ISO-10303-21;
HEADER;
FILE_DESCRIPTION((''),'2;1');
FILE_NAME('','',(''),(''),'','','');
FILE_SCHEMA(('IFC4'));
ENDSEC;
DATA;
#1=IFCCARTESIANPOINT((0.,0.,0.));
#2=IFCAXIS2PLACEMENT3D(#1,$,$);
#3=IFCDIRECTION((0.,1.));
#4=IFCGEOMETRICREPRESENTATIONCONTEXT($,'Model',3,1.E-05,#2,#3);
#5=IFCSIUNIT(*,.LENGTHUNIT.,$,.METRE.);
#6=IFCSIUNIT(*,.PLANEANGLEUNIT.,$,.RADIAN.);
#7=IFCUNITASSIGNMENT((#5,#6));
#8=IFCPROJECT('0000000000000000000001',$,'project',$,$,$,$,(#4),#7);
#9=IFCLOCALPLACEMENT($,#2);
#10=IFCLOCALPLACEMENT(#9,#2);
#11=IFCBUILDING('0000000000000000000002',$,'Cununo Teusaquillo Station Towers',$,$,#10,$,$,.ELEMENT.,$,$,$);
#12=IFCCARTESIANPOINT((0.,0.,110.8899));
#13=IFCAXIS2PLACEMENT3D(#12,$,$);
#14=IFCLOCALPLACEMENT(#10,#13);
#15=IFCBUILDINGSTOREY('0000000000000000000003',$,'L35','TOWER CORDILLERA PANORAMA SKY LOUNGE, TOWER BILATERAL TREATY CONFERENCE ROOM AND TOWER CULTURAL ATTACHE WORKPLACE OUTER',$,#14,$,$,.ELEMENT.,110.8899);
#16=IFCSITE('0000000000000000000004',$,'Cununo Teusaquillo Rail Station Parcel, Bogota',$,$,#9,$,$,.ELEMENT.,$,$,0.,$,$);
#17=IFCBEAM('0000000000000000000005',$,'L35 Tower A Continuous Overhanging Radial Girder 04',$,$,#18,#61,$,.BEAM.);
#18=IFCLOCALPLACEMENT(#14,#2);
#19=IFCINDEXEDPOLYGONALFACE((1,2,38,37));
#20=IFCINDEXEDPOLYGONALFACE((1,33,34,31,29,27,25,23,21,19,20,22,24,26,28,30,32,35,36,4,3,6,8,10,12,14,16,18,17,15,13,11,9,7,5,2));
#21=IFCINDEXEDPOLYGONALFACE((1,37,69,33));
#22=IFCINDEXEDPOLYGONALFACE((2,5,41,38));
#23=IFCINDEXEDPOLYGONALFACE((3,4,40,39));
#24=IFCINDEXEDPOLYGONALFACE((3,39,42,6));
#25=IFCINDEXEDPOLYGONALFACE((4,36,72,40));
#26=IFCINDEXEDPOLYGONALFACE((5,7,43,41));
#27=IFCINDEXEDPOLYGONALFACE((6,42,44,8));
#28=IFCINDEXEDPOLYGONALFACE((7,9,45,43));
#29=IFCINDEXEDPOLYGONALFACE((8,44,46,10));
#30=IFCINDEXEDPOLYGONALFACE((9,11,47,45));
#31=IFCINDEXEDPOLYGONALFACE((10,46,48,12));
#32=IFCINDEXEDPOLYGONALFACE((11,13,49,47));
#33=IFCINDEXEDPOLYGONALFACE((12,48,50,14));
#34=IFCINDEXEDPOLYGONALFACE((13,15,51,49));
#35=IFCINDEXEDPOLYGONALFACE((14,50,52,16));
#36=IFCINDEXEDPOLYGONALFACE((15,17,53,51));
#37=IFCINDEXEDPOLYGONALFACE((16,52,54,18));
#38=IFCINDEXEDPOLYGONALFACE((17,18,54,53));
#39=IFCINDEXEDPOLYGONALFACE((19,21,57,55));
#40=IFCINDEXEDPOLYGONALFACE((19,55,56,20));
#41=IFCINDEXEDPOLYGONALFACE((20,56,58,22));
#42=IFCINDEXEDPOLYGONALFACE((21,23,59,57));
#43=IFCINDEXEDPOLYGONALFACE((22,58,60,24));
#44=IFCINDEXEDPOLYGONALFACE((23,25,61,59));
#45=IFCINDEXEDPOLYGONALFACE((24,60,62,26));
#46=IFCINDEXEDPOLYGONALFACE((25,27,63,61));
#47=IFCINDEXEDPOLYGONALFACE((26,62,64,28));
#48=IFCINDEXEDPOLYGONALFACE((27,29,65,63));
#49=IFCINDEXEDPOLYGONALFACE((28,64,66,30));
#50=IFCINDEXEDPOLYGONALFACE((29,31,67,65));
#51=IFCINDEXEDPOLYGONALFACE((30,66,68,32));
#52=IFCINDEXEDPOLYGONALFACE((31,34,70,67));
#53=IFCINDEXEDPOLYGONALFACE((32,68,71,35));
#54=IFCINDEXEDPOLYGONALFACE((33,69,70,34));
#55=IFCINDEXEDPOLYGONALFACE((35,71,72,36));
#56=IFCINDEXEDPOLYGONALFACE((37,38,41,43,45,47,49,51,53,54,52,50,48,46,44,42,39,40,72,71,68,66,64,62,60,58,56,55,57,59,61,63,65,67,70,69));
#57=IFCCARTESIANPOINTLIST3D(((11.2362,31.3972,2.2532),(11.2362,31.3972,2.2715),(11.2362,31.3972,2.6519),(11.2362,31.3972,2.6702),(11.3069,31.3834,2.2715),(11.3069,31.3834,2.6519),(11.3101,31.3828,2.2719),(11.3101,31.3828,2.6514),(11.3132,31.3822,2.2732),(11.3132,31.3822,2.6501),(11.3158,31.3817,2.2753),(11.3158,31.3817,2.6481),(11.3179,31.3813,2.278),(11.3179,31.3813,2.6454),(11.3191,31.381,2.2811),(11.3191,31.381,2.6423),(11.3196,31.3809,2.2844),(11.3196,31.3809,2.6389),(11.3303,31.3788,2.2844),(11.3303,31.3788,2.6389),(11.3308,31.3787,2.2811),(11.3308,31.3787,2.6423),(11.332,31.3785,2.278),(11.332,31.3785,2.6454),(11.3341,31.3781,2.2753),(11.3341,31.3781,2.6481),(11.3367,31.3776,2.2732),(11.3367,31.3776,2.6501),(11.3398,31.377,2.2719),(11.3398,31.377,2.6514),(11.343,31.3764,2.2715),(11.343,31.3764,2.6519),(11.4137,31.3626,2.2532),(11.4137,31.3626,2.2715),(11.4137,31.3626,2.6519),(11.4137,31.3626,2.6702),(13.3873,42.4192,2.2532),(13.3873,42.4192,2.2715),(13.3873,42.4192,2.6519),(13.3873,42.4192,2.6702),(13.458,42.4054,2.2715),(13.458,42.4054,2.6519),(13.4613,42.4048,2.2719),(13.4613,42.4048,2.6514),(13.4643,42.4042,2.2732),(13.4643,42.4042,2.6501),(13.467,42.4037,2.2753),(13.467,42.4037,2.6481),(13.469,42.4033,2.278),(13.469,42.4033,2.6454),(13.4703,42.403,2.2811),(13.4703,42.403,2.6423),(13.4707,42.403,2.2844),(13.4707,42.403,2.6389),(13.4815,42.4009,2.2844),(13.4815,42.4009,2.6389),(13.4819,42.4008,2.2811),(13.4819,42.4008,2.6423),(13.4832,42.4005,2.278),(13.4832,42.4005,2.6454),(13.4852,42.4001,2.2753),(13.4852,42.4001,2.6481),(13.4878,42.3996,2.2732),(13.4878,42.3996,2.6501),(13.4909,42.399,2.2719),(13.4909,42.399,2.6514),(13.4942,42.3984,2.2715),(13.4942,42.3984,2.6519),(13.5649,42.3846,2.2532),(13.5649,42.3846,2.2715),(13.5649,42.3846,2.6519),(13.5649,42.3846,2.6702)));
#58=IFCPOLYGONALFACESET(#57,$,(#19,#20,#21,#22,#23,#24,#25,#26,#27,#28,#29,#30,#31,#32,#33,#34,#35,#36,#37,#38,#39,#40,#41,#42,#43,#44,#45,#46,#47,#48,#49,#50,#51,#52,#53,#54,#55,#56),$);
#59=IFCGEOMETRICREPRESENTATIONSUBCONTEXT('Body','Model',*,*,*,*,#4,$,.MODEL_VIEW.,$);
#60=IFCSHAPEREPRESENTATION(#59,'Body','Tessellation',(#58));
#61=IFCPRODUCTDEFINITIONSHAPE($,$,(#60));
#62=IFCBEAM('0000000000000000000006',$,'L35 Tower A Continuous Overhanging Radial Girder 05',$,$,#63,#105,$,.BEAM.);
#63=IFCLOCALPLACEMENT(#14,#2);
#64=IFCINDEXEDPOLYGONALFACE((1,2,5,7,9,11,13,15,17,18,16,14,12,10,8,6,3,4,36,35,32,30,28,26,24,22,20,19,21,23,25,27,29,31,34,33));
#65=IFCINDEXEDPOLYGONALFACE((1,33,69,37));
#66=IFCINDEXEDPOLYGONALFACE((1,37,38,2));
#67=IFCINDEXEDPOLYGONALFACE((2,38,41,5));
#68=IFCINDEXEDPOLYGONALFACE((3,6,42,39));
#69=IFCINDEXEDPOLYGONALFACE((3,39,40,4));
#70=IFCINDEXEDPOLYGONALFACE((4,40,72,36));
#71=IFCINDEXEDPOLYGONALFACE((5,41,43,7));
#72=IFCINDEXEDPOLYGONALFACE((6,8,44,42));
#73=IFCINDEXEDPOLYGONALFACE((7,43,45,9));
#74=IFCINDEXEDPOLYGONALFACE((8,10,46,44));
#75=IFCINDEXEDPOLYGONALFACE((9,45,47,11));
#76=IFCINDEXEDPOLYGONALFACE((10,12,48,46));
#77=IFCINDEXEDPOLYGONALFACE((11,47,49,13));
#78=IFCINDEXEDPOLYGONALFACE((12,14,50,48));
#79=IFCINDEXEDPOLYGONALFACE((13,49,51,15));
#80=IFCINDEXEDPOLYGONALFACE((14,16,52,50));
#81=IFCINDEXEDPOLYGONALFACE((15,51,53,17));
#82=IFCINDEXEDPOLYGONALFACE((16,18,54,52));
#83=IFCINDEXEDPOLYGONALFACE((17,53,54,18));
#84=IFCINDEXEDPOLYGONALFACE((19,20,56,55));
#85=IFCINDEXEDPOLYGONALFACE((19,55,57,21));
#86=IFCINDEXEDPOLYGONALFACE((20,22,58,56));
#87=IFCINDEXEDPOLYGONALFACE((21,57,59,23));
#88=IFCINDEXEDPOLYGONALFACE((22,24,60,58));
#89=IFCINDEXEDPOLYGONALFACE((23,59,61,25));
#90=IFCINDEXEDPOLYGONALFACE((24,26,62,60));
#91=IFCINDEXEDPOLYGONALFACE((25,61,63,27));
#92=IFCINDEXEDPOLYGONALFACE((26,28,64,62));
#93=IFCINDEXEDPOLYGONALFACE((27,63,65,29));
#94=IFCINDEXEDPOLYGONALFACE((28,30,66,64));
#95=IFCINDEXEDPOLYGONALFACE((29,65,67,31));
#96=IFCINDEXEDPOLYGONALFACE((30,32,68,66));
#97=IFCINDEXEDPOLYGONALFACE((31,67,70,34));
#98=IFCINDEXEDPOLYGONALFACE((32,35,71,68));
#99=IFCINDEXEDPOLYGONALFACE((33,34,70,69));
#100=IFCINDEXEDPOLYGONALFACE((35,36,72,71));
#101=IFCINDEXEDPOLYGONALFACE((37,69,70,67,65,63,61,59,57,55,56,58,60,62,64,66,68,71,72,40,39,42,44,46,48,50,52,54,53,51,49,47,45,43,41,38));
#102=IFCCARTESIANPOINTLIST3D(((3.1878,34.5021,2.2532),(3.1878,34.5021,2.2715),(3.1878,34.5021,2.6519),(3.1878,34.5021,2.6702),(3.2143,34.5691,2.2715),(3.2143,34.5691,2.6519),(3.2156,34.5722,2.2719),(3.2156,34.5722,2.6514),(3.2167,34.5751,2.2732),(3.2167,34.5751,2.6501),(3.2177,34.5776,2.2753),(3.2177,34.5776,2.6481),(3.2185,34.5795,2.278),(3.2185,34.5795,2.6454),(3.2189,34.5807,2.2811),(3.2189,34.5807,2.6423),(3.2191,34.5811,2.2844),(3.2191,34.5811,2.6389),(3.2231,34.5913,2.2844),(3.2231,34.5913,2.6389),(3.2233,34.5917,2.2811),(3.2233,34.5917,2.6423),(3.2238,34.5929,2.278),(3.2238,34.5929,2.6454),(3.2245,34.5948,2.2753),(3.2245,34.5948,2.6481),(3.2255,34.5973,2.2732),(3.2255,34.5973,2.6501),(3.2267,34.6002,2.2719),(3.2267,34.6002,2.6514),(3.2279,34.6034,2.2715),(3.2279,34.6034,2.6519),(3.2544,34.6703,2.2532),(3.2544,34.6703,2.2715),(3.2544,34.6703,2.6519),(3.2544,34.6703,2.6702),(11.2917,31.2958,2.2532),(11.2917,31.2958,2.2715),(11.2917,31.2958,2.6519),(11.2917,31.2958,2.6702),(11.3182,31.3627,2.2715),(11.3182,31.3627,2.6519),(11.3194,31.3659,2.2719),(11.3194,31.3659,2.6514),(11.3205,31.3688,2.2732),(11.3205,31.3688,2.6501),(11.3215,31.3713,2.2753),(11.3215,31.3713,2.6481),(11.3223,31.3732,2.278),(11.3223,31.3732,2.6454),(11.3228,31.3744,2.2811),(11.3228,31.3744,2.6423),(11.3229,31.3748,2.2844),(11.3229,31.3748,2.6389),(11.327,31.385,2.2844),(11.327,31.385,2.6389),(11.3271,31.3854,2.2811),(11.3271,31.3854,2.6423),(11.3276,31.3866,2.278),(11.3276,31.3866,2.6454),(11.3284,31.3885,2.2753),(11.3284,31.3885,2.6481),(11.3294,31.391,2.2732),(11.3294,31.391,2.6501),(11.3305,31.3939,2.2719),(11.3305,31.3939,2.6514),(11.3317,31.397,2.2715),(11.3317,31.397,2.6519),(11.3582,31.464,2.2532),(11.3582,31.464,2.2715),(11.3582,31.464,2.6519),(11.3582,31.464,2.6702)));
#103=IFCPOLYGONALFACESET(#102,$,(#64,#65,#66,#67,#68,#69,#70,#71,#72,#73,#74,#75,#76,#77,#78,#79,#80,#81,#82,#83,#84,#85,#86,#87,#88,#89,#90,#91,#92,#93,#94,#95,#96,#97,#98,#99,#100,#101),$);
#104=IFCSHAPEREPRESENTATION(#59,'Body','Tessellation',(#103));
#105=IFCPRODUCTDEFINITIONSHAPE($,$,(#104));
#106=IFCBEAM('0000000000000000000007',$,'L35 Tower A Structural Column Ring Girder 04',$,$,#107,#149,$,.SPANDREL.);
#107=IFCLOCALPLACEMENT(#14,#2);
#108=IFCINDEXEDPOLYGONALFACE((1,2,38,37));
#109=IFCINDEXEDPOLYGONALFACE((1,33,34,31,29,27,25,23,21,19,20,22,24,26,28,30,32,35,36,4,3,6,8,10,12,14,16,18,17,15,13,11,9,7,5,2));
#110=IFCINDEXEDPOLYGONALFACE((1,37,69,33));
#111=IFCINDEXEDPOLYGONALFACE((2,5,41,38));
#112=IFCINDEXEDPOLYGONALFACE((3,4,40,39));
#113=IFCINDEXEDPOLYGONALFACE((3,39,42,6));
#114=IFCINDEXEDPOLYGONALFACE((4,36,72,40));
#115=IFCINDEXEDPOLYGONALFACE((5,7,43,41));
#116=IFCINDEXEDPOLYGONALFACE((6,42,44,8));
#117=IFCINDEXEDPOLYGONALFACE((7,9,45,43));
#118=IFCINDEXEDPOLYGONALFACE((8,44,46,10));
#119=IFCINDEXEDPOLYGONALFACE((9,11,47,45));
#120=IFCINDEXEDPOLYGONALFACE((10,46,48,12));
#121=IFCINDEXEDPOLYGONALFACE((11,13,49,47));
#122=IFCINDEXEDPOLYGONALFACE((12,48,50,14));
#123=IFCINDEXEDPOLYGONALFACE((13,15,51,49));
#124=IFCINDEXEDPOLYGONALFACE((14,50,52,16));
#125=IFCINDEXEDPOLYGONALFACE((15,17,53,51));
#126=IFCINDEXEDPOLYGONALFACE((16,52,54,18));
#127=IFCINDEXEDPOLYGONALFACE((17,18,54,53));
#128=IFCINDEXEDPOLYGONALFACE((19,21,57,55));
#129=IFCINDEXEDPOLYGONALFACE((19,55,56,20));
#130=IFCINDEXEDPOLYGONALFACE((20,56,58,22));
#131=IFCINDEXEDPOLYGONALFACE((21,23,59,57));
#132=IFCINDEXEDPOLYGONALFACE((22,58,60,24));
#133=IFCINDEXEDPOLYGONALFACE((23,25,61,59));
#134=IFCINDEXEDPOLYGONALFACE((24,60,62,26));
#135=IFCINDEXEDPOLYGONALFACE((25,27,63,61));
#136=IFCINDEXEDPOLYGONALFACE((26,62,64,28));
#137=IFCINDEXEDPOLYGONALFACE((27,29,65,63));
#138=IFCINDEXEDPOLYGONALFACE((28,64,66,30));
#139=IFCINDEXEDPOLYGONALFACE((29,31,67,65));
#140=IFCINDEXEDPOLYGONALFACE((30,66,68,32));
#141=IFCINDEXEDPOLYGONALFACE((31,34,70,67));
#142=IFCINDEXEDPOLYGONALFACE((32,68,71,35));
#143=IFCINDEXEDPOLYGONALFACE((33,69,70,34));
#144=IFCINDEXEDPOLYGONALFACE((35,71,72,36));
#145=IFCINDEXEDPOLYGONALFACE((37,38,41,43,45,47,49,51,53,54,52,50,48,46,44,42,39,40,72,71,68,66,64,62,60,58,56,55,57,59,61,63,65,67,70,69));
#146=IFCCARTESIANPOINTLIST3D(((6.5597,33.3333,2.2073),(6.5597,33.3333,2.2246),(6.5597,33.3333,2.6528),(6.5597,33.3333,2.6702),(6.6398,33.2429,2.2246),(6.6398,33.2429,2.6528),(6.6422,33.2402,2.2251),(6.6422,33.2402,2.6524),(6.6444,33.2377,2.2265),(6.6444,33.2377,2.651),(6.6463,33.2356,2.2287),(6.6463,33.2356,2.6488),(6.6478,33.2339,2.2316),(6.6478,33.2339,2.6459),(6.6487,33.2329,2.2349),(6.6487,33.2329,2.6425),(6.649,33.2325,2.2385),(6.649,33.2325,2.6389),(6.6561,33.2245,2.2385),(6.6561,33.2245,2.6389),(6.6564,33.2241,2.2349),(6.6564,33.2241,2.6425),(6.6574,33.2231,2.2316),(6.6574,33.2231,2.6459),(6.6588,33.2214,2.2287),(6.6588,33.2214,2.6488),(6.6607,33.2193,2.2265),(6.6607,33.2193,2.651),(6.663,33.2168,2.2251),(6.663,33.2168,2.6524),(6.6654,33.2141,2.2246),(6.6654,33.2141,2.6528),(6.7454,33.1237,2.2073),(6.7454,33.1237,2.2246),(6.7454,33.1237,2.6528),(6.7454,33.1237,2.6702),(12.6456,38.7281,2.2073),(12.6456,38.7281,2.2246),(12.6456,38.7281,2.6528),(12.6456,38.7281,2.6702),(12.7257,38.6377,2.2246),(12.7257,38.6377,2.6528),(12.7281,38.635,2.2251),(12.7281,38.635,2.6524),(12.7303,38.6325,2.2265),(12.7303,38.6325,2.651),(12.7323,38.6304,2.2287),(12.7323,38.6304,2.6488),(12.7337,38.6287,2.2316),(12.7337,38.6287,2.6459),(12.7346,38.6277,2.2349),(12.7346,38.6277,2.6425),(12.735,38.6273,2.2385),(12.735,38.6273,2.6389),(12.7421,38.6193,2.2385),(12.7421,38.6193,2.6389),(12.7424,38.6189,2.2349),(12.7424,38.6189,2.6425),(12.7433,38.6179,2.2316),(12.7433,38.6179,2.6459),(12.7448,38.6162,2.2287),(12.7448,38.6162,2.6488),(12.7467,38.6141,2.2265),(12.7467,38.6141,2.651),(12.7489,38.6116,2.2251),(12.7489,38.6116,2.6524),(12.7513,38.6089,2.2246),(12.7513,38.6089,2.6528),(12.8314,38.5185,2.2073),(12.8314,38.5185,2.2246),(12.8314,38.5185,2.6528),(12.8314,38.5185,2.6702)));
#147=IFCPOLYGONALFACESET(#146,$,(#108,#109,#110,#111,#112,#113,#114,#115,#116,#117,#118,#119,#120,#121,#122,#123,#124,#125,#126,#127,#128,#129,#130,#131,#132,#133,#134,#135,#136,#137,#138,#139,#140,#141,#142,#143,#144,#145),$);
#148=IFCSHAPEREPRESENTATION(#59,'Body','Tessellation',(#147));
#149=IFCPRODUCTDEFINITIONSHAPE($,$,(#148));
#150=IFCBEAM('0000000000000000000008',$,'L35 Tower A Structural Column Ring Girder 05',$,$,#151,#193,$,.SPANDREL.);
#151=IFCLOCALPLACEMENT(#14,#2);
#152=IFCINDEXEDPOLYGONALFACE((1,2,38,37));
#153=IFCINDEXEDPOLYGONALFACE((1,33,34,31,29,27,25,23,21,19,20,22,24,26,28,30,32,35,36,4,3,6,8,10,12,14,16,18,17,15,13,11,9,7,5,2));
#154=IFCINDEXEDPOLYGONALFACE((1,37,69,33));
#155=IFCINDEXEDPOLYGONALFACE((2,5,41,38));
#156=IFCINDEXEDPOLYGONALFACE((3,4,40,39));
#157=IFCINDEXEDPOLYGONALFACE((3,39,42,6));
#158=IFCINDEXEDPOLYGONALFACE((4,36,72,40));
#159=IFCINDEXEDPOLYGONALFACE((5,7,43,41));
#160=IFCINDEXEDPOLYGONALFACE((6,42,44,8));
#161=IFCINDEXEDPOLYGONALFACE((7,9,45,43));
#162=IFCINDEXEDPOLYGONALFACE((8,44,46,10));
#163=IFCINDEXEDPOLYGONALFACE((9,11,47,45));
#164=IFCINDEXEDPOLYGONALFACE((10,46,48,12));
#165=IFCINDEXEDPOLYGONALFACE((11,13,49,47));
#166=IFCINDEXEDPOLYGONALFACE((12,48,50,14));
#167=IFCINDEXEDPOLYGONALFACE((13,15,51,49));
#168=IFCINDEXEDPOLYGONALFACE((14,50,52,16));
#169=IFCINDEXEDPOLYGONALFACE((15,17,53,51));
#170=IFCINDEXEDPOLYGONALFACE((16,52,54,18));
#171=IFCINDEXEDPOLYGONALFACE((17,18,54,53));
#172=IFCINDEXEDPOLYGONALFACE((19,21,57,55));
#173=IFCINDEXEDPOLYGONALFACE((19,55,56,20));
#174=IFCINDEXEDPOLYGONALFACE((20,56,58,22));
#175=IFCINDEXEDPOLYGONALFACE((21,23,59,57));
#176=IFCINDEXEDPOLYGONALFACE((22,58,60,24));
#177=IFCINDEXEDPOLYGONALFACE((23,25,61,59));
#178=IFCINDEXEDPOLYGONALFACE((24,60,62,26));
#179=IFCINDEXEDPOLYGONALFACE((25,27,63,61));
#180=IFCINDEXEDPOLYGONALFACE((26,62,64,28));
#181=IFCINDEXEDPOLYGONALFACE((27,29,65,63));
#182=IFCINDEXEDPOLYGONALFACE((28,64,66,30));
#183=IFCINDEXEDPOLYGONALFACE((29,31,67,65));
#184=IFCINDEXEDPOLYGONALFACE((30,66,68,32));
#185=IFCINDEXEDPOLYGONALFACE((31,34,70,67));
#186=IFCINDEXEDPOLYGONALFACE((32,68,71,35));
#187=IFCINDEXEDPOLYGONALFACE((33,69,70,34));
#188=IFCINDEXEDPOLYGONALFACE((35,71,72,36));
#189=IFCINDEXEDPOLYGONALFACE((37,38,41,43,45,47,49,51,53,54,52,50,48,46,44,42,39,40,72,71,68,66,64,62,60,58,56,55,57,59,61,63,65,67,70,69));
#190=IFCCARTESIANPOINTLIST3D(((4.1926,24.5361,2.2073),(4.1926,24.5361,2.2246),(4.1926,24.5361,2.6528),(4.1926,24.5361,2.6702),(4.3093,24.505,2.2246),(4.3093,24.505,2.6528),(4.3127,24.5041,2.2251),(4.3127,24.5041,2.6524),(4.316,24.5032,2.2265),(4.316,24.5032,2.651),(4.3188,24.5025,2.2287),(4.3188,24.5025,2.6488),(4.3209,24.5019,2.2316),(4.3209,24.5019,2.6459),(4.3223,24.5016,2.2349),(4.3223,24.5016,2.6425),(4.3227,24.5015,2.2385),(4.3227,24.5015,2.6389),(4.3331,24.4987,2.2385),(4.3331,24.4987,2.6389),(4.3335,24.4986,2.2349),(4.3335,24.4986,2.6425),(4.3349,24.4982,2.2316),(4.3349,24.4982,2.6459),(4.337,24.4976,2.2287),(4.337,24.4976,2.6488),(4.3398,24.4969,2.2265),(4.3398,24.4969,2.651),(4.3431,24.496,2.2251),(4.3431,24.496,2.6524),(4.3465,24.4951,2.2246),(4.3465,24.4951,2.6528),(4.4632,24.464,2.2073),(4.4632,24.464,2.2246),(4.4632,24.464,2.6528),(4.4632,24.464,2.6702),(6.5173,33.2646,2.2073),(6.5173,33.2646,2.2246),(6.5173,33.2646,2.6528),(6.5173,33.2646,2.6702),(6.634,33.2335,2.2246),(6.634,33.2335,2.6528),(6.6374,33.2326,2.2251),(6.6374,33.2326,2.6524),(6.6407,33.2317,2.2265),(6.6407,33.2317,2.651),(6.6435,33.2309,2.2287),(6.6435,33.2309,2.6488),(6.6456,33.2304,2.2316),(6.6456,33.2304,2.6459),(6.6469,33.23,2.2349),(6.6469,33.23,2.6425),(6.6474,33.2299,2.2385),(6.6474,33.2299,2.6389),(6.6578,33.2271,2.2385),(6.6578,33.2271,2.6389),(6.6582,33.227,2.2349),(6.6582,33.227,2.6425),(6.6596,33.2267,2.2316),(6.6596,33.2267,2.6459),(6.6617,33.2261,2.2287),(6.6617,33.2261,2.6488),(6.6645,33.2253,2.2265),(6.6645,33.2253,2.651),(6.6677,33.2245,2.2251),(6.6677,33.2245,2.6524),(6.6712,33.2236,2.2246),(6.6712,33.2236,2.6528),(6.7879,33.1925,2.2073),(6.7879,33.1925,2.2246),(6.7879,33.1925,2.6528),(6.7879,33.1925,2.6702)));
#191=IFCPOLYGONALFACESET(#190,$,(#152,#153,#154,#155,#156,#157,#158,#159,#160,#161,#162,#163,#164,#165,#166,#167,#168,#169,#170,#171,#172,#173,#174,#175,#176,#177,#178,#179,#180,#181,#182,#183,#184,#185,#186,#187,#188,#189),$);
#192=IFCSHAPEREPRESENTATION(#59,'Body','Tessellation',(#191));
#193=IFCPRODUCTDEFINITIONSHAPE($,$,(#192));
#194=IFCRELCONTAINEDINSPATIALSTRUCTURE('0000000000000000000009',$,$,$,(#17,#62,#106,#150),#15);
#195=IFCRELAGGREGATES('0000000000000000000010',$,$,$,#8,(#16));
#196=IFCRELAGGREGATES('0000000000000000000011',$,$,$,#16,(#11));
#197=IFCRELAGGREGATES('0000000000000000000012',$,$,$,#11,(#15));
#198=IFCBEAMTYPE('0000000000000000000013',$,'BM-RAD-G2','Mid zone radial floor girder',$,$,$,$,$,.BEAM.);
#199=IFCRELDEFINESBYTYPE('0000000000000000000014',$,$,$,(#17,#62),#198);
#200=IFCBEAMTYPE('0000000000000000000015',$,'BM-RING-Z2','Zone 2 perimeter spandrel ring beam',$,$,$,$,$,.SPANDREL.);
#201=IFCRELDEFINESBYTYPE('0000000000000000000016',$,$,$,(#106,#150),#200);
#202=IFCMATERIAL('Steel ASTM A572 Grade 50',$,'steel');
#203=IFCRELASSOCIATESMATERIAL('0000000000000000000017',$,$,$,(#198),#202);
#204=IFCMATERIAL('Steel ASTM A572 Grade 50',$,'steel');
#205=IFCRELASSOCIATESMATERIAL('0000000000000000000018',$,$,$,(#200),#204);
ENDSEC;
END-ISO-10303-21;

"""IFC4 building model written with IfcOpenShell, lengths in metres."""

from ifc_helpers import new_model, si_unit, direction, frame, origin, origin_2d, place, context, subcontext, project, spatial, i_section, extrude, material, material_profile, profile_set, type_object, element, save


model = new_model("IFC4")

# Units and contexts
model_context = context("Model", 3, precision=1e-05, world=origin(), true_north=direction((0.0, 1.0)))
body_context = subcontext(model_context, "Body", "Model", "MODEL_VIEW")
ifc_project = project(units=[si_unit("LENGTHUNIT", "METRE"), si_unit("PLANEANGLEUNIT", "RADIAN")], contexts=[model_context])

# Site, building, storey
site_placement = place(None, origin())
site = spatial("IfcSite", under=ifc_project, at=site_placement, Name="Cununo Teusaquillo Rail Station Parcel, Bogota", CompositionType="ELEMENT", RefElevation=0.0)
building_placement = place(site_placement, origin())
building = spatial("IfcBuilding", under=site, at=building_placement, Name="Cununo Teusaquillo Station Towers", CompositionType="ELEMENT")
storey_placement = place(building_placement, frame((0.0, 0.0, 110.8899)))
storey = spatial("IfcBuildingStorey", under=building, at=storey_placement, Name="L35", Description="TOWER CORDILLERA PANORAMA SKY LOUNGE, TOWER BILATERAL TREATY CONFERENCE ROOM AND TOWER CULTURAL ATTACHE WORKPLACE OUTER", CompositionType="ELEMENT", Elevation=110.8899)

# Beams
ifc_material_1 = material(Name="Steel ASTM A572 Grade 50", Category="steel")
ifc_material_profile_1 = material_profile(ifc_material_1, i_section(OverallWidth=0.1809, OverallDepth=0.417, WebThickness=0.011, FlangeThickness=0.0183, FilletRadius=0.0129, at=origin_2d()), Name="W16X57")
ifc_profile_set_1 = profile_set([ifc_material_profile_1], Name="Steel ASTM A572 Grade 50")
beam_type_1 = type_object("IfcBeamType", Name="BM-RAD-G2", Description="Mid zone radial floor girder", PredefinedType="BEAM", material=ifc_profile_set_1)
beam_1_placement = place(storey_placement, frame((11.325, 31.3799, 2.4617), z_axis=(0.191553, 0.981482, 0.0), x_axis=(-0.981482, 0.191553, 0.0)))
element("IfcBeam", 1, at=beam_1_placement, inside=storey, type_object=beam_type_1, Name="L35 Tower A Continuous Overhanging Radial Girder 04", PredefinedType="BEAM", context=body_context, shape_type="SweptSolid", body=[
    extrude(i_section(OverallWidth=0.1809, OverallDepth=0.417, WebThickness=0.011, FlangeThickness=0.0183, FilletRadius=0.0129, at=origin_2d()), origin(), (0.0, 0.0, 1.0), 11.23),
])
beam_2_placement = place(storey_placement, frame((11.325, 31.3799, 2.4617), z_axis=(-0.929863, 0.367906, 0.0), x_axis=(-0.367906, -0.929863, 0.0)))
element("IfcBeam", 2, at=beam_2_placement, inside=storey, type_object=beam_type_1, Name="L35 Tower A Continuous Overhanging Radial Girder 05", PredefinedType="BEAM", context=body_context, shape_type="SweptSolid", body=[
    extrude(i_section(OverallWidth=0.1809, OverallDepth=0.417, WebThickness=0.011, FlangeThickness=0.0183, FilletRadius=0.0129, at=origin_2d()), origin(), (0.0, 0.0, 1.0), 8.7151),
])
ifc_material_2 = material(Name="Steel ASTM A572 Grade 50", Category="steel")
ifc_material_profile_2 = material_profile(ifc_material_2, i_section(OverallWidth=0.28, OverallDepth=0.4629, WebThickness=0.0107, FlangeThickness=0.0173, FilletRadius=0.0139, at=origin_2d()), Name="W18X76")
ifc_profile_set_2 = profile_set([ifc_material_profile_2], Name="Steel ASTM A572 Grade 50")
beam_type_2 = type_object("IfcBeamType", Name="BM-RING-Z2", Description="Zone 2 perimeter spandrel ring beam", PredefinedType="SPANDREL", material=ifc_profile_set_2)
beam_3_placement = place(storey_placement, frame((12.7385, 38.6233, 2.4387), z_axis=(-0.748321, -0.663337, 0.0), x_axis=(0.663337, -0.748321, 0.0)))
element("IfcBeam", 3, at=beam_3_placement, inside=storey, type_object=beam_type_2, Name="L35 Tower A Structural Column Ring Girder 04", PredefinedType="SPANDREL", context=body_context, shape_type="SweptSolid", body=[
    extrude(i_section(OverallWidth=0.28, OverallDepth=0.4629, WebThickness=0.0107, FlangeThickness=0.0173, FilletRadius=0.0139, at=origin_2d()), origin(), (0.0, 0.0, 1.0), 8.1328),
])
beam_4_placement = place(storey_placement, frame((6.6526, 33.2285, 2.4387), z_axis=(-0.257363, -0.966315, 0.0), x_axis=(0.966315, -0.257363, 0.0)))
element("IfcBeam", 4, at=beam_4_placement, inside=storey, type_object=beam_type_2, Name="L35 Tower A Structural Column Ring Girder 05", PredefinedType="SPANDREL", context=body_context, shape_type="SweptSolid", body=[
    extrude(i_section(OverallWidth=0.28, OverallDepth=0.4629, WebThickness=0.0107, FlangeThickness=0.0173, FilletRadius=0.0139, at=origin_2d()), origin(), (0.0, 0.0, 1.0), 9.0327),
])

save(model, "model.ifc")
